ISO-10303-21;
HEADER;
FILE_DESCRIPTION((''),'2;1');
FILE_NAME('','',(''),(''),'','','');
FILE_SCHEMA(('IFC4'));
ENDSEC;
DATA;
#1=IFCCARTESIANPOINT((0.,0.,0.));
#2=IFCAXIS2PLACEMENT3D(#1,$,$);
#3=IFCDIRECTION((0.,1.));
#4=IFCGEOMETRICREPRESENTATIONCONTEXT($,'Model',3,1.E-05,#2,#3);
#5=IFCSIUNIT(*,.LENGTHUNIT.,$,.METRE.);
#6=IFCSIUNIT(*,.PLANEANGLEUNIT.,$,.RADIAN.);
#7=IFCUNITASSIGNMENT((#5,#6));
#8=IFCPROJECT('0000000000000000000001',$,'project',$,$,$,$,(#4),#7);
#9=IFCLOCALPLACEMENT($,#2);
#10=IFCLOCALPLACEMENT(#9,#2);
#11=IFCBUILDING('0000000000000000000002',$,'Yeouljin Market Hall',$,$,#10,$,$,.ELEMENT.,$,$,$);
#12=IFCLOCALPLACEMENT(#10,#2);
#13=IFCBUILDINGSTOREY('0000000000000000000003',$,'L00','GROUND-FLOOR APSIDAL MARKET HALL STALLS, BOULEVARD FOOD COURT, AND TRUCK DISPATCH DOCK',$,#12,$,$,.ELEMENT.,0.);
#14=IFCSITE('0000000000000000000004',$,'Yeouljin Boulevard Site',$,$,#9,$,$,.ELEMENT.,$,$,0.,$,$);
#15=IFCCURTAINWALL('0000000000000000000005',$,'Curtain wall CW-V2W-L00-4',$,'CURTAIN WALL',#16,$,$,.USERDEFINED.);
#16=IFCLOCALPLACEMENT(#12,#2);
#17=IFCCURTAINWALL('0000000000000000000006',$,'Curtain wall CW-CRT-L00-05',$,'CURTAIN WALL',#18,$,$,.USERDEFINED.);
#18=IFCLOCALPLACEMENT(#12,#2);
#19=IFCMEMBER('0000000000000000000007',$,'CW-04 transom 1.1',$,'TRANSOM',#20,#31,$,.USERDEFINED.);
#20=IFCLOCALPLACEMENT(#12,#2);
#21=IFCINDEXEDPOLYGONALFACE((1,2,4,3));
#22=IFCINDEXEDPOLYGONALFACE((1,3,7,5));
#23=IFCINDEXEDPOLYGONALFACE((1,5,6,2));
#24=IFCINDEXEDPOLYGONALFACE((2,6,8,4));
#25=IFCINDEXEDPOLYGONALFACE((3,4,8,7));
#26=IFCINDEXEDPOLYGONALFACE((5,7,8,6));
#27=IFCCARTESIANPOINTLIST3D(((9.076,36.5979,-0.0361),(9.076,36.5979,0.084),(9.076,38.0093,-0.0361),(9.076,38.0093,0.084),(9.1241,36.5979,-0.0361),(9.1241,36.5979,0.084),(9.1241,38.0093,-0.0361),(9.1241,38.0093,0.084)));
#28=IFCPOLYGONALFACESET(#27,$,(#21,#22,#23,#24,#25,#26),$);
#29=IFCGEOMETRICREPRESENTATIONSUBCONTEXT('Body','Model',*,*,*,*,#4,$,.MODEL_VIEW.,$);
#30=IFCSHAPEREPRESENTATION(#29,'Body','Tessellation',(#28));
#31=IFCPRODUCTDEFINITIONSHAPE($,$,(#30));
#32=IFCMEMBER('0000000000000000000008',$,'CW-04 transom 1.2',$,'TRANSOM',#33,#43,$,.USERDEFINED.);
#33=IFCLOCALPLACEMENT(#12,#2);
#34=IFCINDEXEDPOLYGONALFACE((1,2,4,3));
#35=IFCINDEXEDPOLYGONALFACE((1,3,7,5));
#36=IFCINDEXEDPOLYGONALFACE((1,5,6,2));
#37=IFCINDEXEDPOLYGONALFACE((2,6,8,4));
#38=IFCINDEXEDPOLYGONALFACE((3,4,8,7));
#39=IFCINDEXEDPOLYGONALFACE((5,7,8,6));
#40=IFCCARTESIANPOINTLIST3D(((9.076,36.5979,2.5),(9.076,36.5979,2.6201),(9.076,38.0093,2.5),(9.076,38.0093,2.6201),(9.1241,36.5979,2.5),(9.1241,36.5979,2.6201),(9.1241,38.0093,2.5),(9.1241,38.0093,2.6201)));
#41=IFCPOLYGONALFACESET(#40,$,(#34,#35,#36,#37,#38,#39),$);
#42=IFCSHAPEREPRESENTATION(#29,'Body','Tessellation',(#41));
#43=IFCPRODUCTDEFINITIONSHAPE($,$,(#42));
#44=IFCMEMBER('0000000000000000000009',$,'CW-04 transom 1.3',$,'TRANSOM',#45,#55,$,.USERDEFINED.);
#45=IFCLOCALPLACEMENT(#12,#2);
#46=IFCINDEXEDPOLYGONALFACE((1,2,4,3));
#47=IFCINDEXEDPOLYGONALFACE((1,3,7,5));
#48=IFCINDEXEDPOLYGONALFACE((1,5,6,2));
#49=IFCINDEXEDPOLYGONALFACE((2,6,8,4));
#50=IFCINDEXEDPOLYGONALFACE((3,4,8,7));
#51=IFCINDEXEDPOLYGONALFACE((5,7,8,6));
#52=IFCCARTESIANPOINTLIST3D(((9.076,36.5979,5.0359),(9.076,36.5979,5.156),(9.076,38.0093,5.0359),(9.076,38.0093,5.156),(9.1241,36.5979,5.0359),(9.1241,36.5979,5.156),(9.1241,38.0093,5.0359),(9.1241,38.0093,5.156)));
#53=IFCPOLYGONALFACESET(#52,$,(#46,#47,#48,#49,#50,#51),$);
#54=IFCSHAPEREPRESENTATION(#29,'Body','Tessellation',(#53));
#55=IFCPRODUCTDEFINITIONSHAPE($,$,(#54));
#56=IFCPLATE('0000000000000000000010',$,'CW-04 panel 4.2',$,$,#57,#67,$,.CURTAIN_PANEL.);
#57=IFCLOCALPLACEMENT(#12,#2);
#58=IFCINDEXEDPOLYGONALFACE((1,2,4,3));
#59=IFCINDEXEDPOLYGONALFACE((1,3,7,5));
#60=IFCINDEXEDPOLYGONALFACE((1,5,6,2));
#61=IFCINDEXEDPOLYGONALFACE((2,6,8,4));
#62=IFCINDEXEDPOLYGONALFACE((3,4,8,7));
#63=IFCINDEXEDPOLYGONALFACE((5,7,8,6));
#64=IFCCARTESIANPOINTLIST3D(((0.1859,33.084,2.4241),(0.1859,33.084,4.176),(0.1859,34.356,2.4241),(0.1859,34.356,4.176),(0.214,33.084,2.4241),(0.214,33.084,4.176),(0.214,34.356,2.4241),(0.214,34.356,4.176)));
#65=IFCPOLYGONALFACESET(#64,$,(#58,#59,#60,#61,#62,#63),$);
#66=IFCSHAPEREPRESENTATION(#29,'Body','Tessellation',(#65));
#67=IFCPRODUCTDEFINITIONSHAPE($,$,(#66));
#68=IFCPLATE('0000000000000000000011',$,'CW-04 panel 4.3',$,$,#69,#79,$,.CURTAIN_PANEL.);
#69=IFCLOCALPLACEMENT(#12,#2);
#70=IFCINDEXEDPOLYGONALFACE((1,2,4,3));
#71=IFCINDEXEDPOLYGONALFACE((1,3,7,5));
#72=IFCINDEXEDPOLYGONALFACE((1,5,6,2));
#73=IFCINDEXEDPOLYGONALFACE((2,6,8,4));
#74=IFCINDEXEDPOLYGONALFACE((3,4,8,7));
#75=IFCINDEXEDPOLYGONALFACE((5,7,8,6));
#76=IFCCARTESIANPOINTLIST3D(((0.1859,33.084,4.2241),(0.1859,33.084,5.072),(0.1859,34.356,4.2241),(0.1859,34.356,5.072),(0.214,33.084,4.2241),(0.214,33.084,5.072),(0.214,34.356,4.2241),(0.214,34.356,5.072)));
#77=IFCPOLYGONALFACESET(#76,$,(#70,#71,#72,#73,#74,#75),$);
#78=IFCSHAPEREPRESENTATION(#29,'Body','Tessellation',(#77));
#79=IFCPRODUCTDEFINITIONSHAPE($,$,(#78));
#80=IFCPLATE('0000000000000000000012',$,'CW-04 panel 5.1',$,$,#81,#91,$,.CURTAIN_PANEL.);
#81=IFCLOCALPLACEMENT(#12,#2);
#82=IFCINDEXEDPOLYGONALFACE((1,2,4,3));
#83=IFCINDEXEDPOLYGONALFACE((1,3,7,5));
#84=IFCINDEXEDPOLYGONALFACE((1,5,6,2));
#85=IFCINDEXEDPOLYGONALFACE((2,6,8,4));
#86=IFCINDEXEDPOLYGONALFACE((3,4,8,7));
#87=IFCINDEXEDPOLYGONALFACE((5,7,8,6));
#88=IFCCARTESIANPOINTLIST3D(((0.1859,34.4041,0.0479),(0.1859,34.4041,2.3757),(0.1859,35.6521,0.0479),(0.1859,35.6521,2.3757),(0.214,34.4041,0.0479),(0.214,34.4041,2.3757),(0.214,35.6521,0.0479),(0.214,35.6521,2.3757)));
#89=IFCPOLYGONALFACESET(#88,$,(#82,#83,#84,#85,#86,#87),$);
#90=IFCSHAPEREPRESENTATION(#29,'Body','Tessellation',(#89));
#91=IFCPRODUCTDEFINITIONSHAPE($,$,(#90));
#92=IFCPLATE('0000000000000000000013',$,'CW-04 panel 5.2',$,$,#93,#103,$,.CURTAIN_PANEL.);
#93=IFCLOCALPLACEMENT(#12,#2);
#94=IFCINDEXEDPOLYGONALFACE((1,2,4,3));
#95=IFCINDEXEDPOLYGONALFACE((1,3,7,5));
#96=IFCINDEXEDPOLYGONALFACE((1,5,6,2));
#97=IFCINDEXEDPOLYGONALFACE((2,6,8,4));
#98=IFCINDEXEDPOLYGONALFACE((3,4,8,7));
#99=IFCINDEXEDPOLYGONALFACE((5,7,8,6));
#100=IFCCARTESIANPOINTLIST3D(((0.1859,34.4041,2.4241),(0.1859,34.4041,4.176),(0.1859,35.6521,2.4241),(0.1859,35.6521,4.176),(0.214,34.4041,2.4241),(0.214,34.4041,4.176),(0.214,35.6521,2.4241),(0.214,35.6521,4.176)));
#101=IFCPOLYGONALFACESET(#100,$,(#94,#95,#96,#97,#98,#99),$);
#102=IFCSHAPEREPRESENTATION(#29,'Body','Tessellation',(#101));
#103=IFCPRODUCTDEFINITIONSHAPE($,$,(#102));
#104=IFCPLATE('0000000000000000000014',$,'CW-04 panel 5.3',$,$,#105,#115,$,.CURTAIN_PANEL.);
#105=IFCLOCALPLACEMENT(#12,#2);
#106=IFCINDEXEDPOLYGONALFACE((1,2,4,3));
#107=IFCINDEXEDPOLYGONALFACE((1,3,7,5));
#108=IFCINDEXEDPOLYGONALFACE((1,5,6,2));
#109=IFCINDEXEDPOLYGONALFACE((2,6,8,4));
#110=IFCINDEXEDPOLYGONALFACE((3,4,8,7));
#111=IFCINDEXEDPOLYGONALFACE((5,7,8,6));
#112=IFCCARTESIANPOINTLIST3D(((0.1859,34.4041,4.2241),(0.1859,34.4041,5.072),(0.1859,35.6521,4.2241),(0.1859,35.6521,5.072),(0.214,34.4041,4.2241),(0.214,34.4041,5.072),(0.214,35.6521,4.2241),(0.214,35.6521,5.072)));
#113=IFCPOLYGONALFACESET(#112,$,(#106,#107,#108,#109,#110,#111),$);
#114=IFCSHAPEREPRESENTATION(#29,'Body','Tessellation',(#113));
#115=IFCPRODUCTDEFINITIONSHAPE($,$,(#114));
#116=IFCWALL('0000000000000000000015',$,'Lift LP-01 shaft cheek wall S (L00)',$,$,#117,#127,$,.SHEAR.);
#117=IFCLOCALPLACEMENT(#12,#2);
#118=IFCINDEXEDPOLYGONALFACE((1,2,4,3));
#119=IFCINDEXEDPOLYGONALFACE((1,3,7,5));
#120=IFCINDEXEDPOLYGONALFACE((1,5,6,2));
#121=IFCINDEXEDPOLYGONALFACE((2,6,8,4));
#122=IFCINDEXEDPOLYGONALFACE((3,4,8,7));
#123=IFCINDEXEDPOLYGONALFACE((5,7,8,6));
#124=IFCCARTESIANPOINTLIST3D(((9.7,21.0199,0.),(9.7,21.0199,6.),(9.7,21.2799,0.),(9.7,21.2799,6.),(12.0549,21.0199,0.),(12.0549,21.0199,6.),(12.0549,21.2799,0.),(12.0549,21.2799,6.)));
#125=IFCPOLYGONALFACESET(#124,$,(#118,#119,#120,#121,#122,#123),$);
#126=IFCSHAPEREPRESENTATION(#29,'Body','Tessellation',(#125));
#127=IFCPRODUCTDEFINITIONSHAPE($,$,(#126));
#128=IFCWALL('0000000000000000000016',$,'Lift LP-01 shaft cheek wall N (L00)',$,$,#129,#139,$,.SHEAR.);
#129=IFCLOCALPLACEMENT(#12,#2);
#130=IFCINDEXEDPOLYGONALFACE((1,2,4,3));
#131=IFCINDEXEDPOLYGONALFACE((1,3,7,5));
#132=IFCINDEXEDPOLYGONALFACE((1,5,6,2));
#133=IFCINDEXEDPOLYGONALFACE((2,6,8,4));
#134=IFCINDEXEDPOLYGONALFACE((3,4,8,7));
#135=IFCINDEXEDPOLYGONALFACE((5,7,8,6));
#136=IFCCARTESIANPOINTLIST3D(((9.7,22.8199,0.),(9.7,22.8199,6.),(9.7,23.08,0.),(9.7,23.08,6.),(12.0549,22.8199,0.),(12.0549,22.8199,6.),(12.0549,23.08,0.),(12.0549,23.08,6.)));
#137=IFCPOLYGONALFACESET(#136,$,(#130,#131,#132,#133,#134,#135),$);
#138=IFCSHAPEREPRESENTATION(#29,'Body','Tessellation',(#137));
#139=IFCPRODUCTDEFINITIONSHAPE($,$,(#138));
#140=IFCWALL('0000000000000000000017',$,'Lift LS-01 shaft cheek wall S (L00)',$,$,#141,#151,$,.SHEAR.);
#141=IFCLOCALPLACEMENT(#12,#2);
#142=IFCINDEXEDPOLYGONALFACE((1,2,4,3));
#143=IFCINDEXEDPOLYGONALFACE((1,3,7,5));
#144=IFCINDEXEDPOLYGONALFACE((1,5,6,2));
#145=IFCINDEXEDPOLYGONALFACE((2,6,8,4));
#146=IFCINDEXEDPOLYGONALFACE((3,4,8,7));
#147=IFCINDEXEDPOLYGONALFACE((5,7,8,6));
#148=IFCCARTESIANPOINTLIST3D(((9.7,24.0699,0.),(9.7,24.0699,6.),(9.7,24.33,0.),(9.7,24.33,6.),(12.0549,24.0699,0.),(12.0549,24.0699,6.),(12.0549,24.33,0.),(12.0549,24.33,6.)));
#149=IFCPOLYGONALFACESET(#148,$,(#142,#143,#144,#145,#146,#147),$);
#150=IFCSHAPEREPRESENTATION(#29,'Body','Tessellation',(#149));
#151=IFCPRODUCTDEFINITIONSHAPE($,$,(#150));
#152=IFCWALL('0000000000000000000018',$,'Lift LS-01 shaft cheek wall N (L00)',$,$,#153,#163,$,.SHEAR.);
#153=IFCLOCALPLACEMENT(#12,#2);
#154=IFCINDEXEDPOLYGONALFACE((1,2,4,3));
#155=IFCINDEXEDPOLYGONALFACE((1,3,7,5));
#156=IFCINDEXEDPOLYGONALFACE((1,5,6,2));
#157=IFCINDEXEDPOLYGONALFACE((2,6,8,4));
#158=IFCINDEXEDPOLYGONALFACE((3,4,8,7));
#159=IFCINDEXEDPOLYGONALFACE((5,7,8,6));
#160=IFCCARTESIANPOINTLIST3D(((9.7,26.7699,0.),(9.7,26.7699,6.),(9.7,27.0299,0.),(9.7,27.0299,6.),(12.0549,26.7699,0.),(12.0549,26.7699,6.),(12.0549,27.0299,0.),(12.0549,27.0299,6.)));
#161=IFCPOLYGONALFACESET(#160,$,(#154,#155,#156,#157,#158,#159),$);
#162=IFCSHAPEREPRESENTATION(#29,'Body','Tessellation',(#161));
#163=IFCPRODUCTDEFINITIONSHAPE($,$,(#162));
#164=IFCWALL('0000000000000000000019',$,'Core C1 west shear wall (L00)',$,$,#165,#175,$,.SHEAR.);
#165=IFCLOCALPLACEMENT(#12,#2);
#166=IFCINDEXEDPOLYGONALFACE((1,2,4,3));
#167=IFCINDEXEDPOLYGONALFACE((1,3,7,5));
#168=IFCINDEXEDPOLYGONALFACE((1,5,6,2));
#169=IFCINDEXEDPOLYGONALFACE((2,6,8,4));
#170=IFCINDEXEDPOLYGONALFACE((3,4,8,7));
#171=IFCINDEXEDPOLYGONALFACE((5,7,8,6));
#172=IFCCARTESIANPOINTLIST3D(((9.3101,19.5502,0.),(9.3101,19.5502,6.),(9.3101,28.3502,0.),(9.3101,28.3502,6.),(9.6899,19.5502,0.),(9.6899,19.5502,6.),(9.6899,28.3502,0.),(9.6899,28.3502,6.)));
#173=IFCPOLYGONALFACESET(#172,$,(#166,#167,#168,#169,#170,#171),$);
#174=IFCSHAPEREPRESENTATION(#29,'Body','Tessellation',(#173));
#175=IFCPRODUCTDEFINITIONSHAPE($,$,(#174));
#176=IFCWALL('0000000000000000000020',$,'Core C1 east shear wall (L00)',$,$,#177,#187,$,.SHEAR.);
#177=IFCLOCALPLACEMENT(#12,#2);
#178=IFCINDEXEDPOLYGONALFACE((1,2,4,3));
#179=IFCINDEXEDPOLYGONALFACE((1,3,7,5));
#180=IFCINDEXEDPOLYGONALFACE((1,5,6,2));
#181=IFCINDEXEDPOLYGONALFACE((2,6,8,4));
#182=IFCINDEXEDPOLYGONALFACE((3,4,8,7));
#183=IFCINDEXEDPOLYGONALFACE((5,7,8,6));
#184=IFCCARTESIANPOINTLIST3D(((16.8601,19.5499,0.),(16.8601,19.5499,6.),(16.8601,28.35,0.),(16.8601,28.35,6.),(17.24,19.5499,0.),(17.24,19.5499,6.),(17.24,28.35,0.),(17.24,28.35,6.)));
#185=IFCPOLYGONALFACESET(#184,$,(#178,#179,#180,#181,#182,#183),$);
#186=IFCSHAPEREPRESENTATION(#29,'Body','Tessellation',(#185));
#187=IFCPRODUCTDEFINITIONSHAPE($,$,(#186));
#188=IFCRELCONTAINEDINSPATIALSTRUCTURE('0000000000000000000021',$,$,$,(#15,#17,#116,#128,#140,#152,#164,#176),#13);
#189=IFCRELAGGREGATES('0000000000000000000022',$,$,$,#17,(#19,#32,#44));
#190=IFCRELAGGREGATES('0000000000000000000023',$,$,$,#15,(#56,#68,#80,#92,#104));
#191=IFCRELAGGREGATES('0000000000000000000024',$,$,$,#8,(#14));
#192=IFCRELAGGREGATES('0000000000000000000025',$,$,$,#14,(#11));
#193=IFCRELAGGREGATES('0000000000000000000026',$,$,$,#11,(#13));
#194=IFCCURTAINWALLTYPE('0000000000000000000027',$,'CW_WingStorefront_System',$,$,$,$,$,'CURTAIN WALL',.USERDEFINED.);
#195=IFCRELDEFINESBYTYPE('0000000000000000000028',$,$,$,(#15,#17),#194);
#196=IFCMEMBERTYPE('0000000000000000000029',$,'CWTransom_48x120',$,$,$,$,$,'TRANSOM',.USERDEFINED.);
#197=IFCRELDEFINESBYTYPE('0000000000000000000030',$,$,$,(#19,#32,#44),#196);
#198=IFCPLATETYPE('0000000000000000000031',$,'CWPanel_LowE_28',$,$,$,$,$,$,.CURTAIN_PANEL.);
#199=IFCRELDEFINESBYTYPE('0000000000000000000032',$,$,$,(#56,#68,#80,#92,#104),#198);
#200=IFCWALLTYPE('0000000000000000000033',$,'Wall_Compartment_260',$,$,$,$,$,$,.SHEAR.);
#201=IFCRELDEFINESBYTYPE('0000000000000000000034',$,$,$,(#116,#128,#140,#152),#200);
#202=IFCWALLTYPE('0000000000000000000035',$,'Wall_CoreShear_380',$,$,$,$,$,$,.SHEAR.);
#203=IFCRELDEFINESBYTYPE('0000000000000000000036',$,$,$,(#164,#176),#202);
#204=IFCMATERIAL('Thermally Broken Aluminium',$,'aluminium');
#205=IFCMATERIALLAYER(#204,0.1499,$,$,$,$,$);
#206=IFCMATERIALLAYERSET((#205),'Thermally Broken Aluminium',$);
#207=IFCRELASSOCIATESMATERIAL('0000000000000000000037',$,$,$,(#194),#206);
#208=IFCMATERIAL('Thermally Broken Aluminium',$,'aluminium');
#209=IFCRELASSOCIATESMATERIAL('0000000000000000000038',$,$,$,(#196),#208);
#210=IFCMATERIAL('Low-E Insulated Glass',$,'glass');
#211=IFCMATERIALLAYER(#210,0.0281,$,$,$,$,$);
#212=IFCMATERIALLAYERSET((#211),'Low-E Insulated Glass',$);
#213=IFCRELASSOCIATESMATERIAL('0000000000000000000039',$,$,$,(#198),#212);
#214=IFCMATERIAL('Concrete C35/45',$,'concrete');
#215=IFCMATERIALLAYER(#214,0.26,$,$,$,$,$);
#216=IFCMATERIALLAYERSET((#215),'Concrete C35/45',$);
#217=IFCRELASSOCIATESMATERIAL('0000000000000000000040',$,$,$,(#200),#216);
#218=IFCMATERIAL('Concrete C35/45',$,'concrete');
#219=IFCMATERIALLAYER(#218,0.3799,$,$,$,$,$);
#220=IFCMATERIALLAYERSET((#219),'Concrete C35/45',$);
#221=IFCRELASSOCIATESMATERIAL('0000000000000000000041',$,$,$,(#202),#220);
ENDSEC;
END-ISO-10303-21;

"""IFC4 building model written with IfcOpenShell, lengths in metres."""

from ifc_helpers import new_model, si_unit, direction, frame, frame_2d, origin, origin_2d, place, context, subcontext, project, spatial, rectangle, extrude, material, layer, layer_set, material_profile, profile_set, type_object, element, aggregate, save


model = new_model("IFC4")

# Units and contexts
model_context = context("Model", 3, precision=1e-05, world=origin(), true_north=direction((0.0, 1.0)))
body_context = subcontext(model_context, "Body", "Model", "MODEL_VIEW")
ifc_project = project(units=[si_unit("LENGTHUNIT", "METRE"), si_unit("PLANEANGLEUNIT", "RADIAN")], contexts=[model_context])

# Site, building, storey
site_placement = place(None, origin())
site = spatial("IfcSite", under=ifc_project, at=site_placement, Name="Yeouljin Boulevard Site", CompositionType="ELEMENT", RefElevation=0.0)
building_placement = place(site_placement, origin())
building = spatial("IfcBuilding", under=site, at=building_placement, Name="Yeouljin Market Hall", CompositionType="ELEMENT")
storey_placement = place(building_placement, origin())
storey = spatial("IfcBuildingStorey", under=building, at=storey_placement, Name="L00", Description="GROUND-FLOOR APSIDAL MARKET HALL STALLS, BOULEVARD FOOD COURT, AND TRUCK DISPATCH DOCK", CompositionType="ELEMENT", Elevation=0.0)

# Curtain wall
ifc_material_1 = material(Name="Thermally Broken Aluminium", Category="aluminium")
ifc_layer_1 = layer(ifc_material_1, 0.1499)
ifc_layer_set_1 = layer_set([ifc_layer_1], Name="Thermally Broken Aluminium")
curtain_wall_type = type_object("IfcCurtainWallType", Name="CW_WingStorefront_System", ElementType="CURTAIN WALL", PredefinedType="USERDEFINED", material=ifc_layer_set_1)
curtain_wall_1_placement = place(storey_placement, origin())
curtain_wall_1 = element("IfcCurtainWall", 1, at=curtain_wall_1_placement, inside=storey, type_object=curtain_wall_type, Name="Curtain wall CW-V2W-L00-4", ObjectType="CURTAIN WALL", PredefinedType="USERDEFINED")

# Curtain wall
curtain_wall_2_placement = place(storey_placement, origin())
curtain_wall_2 = element("IfcCurtainWall", 2, at=curtain_wall_2_placement, inside=storey, type_object=curtain_wall_type, Name="Curtain wall CW-CRT-L00-05", ObjectType="CURTAIN WALL", PredefinedType="USERDEFINED")

# Members
ifc_material_2 = material(Name="Thermally Broken Aluminium", Category="aluminium")
ifc_material_profile_1 = material_profile(ifc_material_2, rectangle(XDim=0.0481, YDim=0.1201, at=origin_2d()), Name="CW-TRAN-48x120")
ifc_profile_set_1 = profile_set([ifc_material_profile_1], Name="Thermally Broken Aluminium")
member_type_1 = type_object("IfcMemberType", Name="CWTransom_48x120", ElementType="TRANSOM", PredefinedType="USERDEFINED", material=ifc_profile_set_1)
member_1_placement = place(storey_placement, frame((9.1001, 36.5979, 0.0239), z_axis=(0.0, 1.0, 0.0), x_axis=(-1.0, 0.0, 0.0)))
member_1 = element("IfcMember", 3, at=member_1_placement, type_object=member_type_1, Name="CW-04 transom 1.1", ObjectType="TRANSOM", PredefinedType="USERDEFINED", context=body_context, shape_type="SweptSolid", body=[
    extrude(rectangle(XDim=0.0481, YDim=0.1201, at=origin_2d()), origin(), (0.0, 0.0, 1.0), 1.4114),
])
member_2_placement = place(storey_placement, frame((9.1001, 36.5979, 2.5601), z_axis=(0.0, 1.0, 0.0), x_axis=(-1.0, 0.0, 0.0)))
member_2 = element("IfcMember", 4, at=member_2_placement, type_object=member_type_1, Name="CW-04 transom 1.2", ObjectType="TRANSOM", PredefinedType="USERDEFINED", context=body_context, shape_type="SweptSolid", body=[
    extrude(rectangle(XDim=0.0481, YDim=0.1201, at=origin_2d()), origin(), (0.0, 0.0, 1.0), 1.4114),
])
member_3_placement = place(storey_placement, frame((9.1001, 36.5979, 5.0959), z_axis=(0.0, 1.0, 0.0), x_axis=(-1.0, 0.0, 0.0)))
member_3 = element("IfcMember", 5, at=member_3_placement, type_object=member_type_1, Name="CW-04 transom 1.3", ObjectType="TRANSOM", PredefinedType="USERDEFINED", context=body_context, shape_type="SweptSolid", body=[
    extrude(rectangle(XDim=0.0481, YDim=0.1201, at=origin_2d()), origin(), (0.0, 0.0, 1.0), 1.4114),
])
aggregate(curtain_wall_2, [member_1, member_2, member_3])

# Plates
ifc_material_3 = material(Name="Low-E Insulated Glass", Category="glass")
ifc_layer_2 = layer(ifc_material_3, 0.0281)
ifc_layer_set_2 = layer_set([ifc_layer_2], Name="Low-E Insulated Glass")
plate_type = type_object("IfcPlateType", Name="CWPanel_LowE_28", PredefinedType="CURTAIN_PANEL", material=ifc_layer_set_2)
plate_1_placement = place(storey_placement, frame((0.2, 33.72, 2.4241), z_axis=(0.0, 0.0, 1.0), x_axis=(0.0, 1.0, 0.0)))
plate_1 = element("IfcPlate", 6, at=plate_1_placement, type_object=plate_type, Name="CW-04 panel 4.2", PredefinedType="CURTAIN_PANEL", context=body_context, shape_type="SweptSolid", body=[
    extrude(rectangle(XDim=1.272, YDim=0.0281, at=origin_2d()), origin(), (0.0, 0.0, 1.0), 1.752),
])
plate_2_placement = place(storey_placement, frame((0.2, 33.72, 4.2241), z_axis=(0.0, 0.0, 1.0), x_axis=(0.0, 1.0, 0.0)))
plate_2 = element("IfcPlate", 7, at=plate_2_placement, type_object=plate_type, Name="CW-04 panel 4.3", PredefinedType="CURTAIN_PANEL", context=body_context, shape_type="SweptSolid", body=[
    extrude(rectangle(XDim=1.272, YDim=0.0281, at=origin_2d()), origin(), (0.0, 0.0, 1.0), 0.8479),
])
plate_3_placement = place(storey_placement, frame((0.2, 35.0281, 0.0479), z_axis=(0.0, 0.0, 1.0), x_axis=(0.0, 1.0, 0.0)))
plate_3 = element("IfcPlate", 8, at=plate_3_placement, type_object=plate_type, Name="CW-04 panel 5.1", PredefinedType="CURTAIN_PANEL", context=body_context, shape_type="SweptSolid", body=[
    extrude(rectangle(XDim=1.248, YDim=0.0281, at=origin_2d()), origin(), (0.0, 0.0, 1.0), 2.3279),
])
plate_4_placement = place(storey_placement, frame((0.2, 35.0281, 2.4241), z_axis=(0.0, 0.0, 1.0), x_axis=(0.0, 1.0, 0.0)))
plate_4 = element("IfcPlate", 9, at=plate_4_placement, type_object=plate_type, Name="CW-04 panel 5.2", PredefinedType="CURTAIN_PANEL", context=body_context, shape_type="SweptSolid", body=[
    extrude(rectangle(XDim=1.248, YDim=0.0281, at=origin_2d()), origin(), (0.0, 0.0, 1.0), 1.752),
])
plate_5_placement = place(storey_placement, frame((0.2, 35.0281, 4.2241), z_axis=(0.0, 0.0, 1.0), x_axis=(0.0, 1.0, 0.0)))
plate_5 = element("IfcPlate", 10, at=plate_5_placement, type_object=plate_type, Name="CW-04 panel 5.3", PredefinedType="CURTAIN_PANEL", context=body_context, shape_type="SweptSolid", body=[
    extrude(rectangle(XDim=1.248, YDim=0.0281, at=origin_2d()), origin(), (0.0, 0.0, 1.0), 0.8479),
])
aggregate(curtain_wall_1, [plate_1, plate_2, plate_3, plate_4, plate_5])

# Shared definitions
ifc_material_4 = material(Name="Concrete C35/45", Category="concrete")
ifc_layer_3 = layer(ifc_material_4, 0.26)
ifc_layer_set_3 = layer_set([ifc_layer_3], Name="Concrete C35/45")
wall_type_1 = type_object("IfcWallType", Name="Wall_Compartment_260", PredefinedType="SHEAR", material=ifc_layer_set_3)

# Walls
for number, where, z_axis, x_axis, name in (
    (11, (9.7, 21.1499, 0.0), (0.0, 0.0, 1.0), (1.0, 0.0, 0.0), "Lift LP-01 shaft cheek wall S (L00)"),
    (12, (9.7, 22.95, 0.0), (0.0, 0.0, 1.0), (1.0, 0.0, 0.0), "Lift LP-01 shaft cheek wall N (L00)"),
):
    element("IfcWall", number, at=place(storey_placement, frame(where, z_axis=z_axis, x_axis=x_axis)), inside=storey, type_object=wall_type_1, Name=name, PredefinedType="SHEAR", context=body_context, shape_type="SweptSolid", body=[
        extrude(rectangle(XDim=2.355, YDim=0.26, at=frame_2d((1.1775, 0.0))), origin(), (0.0, 0.0, 1.0), 6.0),
    ])

# Walls
for number, where, z_axis, x_axis, name in (
    (13, (9.7, 24.2, 0.0), (0.0, 0.0, 1.0), (1.0, 0.0, 0.0), "Lift LS-01 shaft cheek wall S (L00)"),
    (14, (9.7, 26.8999, 0.0), (0.0, 0.0, 1.0), (1.0, 0.0, 0.0), "Lift LS-01 shaft cheek wall N (L00)"),
):
    element("IfcWall", number, at=place(storey_placement, frame(where, z_axis=z_axis, x_axis=x_axis)), inside=storey, type_object=wall_type_1, Name=name, PredefinedType="SHEAR", context=body_context, shape_type="SweptSolid", body=[
        extrude(rectangle(XDim=2.355, YDim=0.26, at=frame_2d((1.1775, 0.0))), origin(), (0.0, 0.0, 1.0), 6.0),
    ])
ifc_material_5 = material(Name="Concrete C35/45", Category="concrete")
ifc_layer_4 = layer(ifc_material_5, 0.3799)
ifc_layer_set_4 = layer_set([ifc_layer_4], Name="Concrete C35/45")
wall_type_2 = type_object("IfcWallType", Name="Wall_CoreShear_380", PredefinedType="SHEAR", material=ifc_layer_set_4)
for number, where, z_axis, x_axis, name in (
    (15, (9.5, 28.3501, 0.0), (0.0, 0.0, 1.0), (0.0, -1.0, 0.0), "Core C1 west shear wall (L00)"),
    (16, (17.05, 19.55, 0.0), (0.0, 0.0, 1.0), (0.0, 1.0, 0.0), "Core C1 east shear wall (L00)"),
):
    element("IfcWall", number, at=place(storey_placement, frame(where, z_axis=z_axis, x_axis=x_axis)), inside=storey, type_object=wall_type_2, Name=name, PredefinedType="SHEAR", context=body_context, shape_type="SweptSolid", body=[
        extrude(rectangle(XDim=8.8, YDim=0.3799, at=frame_2d((4.3999, 0.0))), origin(), (0.0, 0.0, 1.0), 6.0),
    ])

save(model, "model.ifc")
